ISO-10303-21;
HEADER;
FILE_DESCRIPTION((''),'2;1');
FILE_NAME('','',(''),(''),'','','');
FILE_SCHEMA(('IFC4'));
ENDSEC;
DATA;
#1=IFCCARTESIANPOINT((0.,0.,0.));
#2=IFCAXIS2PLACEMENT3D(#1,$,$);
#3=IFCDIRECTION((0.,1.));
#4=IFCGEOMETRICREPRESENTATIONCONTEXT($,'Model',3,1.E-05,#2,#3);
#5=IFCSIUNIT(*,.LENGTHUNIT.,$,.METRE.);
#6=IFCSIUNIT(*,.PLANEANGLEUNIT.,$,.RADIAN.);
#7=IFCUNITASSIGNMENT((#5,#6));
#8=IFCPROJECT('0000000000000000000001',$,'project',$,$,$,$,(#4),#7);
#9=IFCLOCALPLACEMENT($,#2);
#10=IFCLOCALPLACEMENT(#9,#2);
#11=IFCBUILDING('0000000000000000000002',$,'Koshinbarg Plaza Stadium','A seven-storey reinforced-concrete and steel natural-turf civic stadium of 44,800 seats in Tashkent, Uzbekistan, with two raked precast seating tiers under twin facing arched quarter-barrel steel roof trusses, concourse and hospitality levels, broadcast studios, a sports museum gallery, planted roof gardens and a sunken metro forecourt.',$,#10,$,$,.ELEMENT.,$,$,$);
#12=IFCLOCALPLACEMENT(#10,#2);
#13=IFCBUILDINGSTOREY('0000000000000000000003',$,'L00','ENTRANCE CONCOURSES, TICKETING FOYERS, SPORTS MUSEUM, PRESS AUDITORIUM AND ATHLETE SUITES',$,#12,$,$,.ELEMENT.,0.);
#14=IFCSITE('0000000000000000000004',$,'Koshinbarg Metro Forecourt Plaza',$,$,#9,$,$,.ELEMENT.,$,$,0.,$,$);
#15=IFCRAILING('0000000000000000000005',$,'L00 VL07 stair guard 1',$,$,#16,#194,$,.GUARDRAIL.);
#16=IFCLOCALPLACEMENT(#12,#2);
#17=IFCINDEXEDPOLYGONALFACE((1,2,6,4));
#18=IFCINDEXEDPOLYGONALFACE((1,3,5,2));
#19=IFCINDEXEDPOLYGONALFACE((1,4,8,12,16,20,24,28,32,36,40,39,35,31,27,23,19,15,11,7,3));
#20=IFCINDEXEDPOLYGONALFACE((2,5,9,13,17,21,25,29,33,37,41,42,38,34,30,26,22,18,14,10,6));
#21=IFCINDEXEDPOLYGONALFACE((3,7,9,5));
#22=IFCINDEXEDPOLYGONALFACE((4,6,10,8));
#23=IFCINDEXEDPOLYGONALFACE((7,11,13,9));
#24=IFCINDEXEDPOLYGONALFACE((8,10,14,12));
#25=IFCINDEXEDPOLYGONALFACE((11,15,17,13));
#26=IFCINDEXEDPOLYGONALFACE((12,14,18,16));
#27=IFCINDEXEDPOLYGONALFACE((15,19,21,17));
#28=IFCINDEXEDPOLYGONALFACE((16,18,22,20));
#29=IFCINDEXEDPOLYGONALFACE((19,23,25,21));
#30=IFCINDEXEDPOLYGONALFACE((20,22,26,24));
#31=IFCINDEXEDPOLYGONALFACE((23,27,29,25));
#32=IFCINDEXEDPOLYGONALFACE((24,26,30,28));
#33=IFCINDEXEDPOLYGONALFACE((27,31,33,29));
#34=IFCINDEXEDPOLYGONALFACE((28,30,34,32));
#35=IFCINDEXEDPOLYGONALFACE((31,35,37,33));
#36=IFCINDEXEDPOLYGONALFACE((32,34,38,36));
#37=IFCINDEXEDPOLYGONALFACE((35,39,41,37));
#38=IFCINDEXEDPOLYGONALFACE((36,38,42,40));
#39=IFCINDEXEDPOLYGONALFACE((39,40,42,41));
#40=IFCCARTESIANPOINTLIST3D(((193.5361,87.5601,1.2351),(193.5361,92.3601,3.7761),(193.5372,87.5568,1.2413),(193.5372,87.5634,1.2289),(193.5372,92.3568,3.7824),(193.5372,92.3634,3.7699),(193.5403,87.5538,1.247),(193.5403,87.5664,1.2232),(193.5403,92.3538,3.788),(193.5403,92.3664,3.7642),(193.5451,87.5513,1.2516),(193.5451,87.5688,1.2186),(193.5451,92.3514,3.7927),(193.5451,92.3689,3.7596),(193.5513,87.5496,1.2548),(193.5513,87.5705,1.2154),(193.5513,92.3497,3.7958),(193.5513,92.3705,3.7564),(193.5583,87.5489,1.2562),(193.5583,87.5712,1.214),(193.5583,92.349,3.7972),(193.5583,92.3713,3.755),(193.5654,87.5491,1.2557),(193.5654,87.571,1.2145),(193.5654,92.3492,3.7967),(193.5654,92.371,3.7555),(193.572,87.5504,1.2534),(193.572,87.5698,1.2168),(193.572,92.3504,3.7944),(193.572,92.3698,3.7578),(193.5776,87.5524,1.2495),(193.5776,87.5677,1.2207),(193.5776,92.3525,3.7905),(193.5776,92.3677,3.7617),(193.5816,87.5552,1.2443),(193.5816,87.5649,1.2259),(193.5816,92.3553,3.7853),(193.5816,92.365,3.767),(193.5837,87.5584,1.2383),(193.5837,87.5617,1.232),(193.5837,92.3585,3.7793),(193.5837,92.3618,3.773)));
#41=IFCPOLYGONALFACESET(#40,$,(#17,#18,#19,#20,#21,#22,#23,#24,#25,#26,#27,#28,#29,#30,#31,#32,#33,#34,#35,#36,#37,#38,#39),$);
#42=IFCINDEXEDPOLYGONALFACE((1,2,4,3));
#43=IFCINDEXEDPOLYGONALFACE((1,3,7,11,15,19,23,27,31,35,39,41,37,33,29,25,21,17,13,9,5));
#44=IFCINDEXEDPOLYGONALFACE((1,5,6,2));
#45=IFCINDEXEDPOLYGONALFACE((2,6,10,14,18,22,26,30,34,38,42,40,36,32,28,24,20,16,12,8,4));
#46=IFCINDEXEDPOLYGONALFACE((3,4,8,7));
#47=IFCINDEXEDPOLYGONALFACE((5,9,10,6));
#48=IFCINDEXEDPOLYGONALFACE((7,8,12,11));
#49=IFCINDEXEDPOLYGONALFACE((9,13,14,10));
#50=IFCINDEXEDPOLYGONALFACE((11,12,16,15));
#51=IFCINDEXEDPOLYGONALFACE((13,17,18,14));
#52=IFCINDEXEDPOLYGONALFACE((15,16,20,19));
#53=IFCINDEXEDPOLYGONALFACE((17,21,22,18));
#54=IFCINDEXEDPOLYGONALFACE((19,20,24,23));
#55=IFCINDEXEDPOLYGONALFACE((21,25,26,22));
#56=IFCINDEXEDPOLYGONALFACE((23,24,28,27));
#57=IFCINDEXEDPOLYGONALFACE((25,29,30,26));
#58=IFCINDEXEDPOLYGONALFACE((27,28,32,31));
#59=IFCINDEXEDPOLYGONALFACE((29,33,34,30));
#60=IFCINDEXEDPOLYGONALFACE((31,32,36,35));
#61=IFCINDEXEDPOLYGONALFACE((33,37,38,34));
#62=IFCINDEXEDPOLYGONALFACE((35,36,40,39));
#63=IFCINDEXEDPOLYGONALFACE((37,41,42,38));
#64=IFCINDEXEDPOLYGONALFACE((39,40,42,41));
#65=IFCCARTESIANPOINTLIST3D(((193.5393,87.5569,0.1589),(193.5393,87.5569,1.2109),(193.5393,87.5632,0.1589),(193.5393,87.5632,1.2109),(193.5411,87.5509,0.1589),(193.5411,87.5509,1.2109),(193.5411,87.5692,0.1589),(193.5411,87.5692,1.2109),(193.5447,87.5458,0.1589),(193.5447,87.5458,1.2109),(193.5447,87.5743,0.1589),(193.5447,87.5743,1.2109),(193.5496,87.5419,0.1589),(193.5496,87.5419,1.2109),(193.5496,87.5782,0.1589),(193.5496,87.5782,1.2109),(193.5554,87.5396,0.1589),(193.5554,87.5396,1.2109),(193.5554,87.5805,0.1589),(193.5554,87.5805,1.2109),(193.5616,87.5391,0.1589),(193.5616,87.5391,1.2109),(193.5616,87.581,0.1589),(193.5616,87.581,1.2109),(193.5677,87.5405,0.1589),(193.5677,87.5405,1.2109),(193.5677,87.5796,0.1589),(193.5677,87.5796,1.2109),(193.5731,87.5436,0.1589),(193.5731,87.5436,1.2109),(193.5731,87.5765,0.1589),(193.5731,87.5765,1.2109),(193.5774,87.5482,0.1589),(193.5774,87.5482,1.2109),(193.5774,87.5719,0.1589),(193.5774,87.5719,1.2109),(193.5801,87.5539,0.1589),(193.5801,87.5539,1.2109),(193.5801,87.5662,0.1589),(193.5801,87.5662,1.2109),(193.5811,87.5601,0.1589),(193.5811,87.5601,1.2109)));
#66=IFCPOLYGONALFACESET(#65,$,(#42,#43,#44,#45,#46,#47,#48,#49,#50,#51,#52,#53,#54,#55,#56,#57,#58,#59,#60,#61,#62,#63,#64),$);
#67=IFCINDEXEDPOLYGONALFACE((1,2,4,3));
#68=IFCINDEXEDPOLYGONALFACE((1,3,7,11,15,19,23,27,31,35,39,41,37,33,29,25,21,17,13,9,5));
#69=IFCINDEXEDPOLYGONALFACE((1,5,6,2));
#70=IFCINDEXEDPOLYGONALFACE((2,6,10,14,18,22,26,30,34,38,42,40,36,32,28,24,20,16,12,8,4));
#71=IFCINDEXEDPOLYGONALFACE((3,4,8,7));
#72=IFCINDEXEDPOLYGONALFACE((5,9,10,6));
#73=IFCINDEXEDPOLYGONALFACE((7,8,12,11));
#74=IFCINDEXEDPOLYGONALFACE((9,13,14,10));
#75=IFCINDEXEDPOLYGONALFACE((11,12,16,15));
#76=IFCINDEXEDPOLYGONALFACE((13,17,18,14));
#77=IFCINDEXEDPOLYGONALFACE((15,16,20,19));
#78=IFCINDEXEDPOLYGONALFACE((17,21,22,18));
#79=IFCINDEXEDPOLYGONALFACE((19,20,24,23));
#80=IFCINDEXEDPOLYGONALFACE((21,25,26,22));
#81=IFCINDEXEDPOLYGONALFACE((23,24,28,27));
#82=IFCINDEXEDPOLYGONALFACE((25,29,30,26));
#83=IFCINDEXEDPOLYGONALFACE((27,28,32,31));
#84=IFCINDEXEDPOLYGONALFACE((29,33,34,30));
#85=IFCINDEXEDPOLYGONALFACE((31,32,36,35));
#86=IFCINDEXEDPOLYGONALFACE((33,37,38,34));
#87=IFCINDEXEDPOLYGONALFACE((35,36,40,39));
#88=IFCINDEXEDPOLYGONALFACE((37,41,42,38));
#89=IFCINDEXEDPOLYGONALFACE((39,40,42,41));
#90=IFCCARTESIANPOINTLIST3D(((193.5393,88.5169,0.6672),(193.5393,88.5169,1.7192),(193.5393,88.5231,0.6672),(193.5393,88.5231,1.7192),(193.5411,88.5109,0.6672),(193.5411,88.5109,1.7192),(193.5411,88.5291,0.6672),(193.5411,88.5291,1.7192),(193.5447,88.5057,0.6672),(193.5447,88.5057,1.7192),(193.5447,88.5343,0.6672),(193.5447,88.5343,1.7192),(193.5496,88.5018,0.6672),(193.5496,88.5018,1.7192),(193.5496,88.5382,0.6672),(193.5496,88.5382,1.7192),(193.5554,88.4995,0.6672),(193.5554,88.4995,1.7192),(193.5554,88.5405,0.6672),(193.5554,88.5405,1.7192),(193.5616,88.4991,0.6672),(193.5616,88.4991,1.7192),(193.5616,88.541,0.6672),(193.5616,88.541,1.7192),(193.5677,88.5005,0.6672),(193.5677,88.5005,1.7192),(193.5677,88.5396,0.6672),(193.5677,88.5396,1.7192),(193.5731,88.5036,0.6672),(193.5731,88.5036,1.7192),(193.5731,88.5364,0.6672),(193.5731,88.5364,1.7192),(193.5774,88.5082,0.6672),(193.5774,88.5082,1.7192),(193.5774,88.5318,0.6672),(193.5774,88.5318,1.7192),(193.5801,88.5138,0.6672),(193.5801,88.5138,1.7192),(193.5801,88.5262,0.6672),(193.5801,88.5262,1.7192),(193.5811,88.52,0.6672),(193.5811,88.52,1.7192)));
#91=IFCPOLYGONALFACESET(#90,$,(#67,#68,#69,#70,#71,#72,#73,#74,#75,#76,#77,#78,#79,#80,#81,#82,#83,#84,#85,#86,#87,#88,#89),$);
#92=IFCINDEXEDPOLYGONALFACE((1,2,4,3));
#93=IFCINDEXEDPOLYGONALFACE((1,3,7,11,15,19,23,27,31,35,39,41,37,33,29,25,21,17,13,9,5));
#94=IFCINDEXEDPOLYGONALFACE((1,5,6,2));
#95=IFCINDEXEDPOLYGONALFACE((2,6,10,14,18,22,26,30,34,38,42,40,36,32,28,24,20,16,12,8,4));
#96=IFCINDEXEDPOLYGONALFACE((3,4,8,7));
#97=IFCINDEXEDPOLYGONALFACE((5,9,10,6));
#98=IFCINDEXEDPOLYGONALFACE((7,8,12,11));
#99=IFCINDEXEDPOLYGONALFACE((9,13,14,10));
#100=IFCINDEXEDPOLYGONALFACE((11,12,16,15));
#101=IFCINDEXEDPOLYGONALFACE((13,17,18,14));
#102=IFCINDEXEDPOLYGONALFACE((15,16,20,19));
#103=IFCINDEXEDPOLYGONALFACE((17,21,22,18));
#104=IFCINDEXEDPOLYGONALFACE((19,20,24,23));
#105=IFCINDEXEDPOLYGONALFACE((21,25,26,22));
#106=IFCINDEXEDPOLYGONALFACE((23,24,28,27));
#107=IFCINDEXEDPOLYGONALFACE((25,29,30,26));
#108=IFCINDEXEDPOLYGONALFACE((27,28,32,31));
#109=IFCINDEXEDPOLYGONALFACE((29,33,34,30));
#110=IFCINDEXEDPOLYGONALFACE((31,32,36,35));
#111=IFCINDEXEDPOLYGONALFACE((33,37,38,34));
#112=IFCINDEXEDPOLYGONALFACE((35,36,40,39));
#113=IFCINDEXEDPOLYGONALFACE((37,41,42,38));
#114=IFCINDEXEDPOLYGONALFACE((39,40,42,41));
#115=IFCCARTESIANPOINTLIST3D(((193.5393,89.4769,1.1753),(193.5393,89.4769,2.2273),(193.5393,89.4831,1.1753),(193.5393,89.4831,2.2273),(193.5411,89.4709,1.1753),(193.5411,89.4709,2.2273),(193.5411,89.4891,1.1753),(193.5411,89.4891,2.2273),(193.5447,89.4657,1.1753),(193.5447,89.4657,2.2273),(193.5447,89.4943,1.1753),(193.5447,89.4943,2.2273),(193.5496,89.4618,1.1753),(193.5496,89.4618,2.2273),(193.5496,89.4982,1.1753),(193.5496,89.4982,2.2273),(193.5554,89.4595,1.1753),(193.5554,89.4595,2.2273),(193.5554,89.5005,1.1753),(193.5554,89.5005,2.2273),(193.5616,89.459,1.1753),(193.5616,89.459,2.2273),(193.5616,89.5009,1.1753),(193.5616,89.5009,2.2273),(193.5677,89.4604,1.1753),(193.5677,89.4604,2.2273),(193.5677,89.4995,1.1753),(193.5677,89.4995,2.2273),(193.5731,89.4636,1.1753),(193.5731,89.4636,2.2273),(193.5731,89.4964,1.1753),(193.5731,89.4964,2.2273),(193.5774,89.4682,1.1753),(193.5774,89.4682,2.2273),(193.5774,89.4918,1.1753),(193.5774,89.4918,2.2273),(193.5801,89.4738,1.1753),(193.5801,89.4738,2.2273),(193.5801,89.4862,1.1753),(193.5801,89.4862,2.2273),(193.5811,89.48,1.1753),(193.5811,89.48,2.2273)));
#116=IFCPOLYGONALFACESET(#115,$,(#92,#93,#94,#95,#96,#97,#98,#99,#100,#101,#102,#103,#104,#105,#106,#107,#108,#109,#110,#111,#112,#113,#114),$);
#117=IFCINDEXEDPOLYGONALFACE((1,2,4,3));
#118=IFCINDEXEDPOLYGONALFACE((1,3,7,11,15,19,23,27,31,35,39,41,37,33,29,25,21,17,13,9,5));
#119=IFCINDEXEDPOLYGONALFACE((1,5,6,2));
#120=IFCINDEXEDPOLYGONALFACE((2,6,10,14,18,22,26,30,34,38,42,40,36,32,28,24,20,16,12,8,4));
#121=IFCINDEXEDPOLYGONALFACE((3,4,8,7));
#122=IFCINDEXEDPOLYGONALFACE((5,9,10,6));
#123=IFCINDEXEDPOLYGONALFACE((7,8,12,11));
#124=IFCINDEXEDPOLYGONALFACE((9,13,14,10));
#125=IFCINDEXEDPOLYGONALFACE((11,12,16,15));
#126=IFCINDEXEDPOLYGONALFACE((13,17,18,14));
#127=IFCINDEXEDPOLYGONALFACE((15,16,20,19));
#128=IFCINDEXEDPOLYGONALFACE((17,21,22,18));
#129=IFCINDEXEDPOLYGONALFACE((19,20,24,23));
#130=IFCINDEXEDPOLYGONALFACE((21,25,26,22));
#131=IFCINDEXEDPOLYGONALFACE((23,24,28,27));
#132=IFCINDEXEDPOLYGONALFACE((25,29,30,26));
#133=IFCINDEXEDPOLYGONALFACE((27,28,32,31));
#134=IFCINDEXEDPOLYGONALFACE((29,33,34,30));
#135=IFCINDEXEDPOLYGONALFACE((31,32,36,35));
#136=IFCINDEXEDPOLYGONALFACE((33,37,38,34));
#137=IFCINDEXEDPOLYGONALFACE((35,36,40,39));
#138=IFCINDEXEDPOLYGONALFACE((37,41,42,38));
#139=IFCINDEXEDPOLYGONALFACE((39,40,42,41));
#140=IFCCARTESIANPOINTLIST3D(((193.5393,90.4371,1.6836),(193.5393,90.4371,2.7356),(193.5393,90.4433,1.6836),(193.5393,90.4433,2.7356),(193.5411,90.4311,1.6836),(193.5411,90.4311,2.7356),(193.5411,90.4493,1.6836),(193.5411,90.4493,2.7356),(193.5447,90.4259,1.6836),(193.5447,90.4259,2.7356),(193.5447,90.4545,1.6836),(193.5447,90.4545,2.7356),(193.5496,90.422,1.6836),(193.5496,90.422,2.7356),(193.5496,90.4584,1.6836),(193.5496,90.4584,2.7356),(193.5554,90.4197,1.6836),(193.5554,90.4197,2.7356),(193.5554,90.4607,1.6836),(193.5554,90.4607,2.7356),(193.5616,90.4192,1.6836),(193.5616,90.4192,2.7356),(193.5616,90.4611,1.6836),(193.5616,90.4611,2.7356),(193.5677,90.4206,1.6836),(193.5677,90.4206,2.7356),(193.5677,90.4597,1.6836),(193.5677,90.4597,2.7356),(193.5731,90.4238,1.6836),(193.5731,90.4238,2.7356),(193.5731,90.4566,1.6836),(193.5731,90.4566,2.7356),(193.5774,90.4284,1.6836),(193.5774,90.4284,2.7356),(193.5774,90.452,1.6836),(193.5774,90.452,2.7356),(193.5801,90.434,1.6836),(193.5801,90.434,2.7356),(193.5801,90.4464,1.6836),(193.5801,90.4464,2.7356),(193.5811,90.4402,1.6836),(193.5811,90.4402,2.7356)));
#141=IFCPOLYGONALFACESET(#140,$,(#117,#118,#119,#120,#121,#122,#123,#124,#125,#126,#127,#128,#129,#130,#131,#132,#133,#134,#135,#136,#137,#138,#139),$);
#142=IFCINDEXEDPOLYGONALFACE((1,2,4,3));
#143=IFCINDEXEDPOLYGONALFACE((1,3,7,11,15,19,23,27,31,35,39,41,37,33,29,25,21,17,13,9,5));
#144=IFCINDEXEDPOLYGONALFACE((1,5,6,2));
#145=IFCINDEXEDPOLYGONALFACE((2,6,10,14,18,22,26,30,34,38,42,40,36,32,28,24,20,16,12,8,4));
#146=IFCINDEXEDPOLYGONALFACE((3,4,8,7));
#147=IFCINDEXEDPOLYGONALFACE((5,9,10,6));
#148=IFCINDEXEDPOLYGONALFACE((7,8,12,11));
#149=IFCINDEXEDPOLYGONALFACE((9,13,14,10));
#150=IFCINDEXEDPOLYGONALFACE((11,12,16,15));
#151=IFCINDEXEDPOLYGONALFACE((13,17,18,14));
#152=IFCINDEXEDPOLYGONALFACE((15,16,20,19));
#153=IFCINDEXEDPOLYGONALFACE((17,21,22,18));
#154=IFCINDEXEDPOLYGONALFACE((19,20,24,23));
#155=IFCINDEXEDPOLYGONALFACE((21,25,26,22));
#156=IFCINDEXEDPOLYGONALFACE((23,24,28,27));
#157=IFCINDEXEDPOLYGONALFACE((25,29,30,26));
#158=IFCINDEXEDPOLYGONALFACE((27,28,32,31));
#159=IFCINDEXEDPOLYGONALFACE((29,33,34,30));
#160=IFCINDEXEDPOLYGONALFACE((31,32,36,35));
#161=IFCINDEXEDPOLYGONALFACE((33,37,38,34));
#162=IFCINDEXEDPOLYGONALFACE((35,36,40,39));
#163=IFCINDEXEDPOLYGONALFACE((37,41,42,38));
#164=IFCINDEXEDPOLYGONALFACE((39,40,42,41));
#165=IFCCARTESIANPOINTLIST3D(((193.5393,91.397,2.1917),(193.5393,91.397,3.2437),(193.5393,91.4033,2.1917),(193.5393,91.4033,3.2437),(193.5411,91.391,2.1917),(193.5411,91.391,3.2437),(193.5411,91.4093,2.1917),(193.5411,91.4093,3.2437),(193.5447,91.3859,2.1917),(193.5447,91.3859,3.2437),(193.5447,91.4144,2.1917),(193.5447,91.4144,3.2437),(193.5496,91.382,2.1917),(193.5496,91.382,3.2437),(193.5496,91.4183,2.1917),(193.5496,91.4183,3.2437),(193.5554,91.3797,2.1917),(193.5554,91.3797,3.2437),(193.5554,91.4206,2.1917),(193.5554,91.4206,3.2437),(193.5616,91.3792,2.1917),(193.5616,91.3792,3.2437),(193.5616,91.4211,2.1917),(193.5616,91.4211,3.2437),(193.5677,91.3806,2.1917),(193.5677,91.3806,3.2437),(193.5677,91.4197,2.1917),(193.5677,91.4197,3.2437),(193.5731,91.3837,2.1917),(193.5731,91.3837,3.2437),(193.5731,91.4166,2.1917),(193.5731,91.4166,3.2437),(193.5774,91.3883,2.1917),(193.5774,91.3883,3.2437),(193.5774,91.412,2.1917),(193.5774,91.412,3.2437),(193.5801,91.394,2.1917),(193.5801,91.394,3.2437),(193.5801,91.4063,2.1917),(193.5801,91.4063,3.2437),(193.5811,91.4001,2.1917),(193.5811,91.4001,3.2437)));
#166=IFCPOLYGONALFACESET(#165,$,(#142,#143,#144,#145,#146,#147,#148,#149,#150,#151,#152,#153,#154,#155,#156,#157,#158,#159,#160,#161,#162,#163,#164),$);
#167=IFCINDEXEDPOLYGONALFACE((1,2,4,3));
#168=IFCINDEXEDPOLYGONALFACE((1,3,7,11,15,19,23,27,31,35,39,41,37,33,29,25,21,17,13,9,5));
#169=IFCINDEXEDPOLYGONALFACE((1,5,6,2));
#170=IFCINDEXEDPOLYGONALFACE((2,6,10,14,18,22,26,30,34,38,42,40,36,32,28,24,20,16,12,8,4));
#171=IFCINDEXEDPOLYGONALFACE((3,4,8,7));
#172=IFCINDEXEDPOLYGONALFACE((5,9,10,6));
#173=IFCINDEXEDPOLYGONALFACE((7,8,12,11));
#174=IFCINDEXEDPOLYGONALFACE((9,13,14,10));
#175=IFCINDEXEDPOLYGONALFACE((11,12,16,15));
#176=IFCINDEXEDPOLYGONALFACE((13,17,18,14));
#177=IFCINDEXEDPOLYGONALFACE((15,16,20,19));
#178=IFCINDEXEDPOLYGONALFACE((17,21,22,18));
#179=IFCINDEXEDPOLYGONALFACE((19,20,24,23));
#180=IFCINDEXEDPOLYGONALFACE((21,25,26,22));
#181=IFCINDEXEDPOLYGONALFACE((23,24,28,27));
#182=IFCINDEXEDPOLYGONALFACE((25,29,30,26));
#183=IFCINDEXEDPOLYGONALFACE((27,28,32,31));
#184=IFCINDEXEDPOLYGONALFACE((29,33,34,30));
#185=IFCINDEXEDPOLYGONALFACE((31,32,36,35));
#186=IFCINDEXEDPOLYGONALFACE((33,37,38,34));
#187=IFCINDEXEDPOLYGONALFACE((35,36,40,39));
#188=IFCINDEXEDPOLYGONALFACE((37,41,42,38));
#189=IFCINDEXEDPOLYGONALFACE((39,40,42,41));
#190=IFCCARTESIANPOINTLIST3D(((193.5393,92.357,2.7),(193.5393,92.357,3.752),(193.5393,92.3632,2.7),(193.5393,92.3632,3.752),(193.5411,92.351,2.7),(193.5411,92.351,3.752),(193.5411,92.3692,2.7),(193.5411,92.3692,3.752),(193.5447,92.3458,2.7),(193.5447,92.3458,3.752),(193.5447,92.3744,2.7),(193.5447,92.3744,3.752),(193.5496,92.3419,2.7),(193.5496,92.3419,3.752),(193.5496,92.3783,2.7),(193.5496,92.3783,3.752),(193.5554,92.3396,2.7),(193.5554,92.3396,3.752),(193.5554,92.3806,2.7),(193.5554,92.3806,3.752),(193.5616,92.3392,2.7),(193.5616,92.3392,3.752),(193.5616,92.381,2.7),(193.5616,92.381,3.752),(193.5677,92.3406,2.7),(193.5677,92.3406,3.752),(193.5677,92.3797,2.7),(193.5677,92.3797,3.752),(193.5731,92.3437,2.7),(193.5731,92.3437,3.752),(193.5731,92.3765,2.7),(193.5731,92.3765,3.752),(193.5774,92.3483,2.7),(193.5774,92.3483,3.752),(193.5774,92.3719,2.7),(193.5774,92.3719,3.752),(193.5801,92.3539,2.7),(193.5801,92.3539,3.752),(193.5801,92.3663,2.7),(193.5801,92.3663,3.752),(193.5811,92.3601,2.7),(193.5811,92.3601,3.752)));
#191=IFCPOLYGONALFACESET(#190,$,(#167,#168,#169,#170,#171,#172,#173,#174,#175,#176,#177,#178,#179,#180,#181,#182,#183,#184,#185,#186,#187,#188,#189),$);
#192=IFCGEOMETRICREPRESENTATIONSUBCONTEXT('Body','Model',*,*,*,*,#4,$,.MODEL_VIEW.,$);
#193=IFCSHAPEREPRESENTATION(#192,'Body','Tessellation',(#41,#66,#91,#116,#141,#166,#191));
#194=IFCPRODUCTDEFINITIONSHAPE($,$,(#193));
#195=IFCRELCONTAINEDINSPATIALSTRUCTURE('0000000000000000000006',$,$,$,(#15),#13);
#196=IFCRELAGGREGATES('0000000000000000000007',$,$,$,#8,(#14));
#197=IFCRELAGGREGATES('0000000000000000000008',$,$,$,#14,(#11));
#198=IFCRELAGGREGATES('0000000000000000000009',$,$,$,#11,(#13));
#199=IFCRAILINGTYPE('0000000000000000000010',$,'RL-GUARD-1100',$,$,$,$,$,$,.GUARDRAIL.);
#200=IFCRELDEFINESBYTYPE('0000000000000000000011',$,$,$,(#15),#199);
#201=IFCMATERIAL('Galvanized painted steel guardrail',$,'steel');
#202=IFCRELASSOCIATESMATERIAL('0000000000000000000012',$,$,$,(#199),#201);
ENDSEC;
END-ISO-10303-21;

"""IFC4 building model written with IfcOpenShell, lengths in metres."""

from ifc_helpers import new_model, si_unit, direction, frame, origin, origin_2d, place, context, subcontext, project, spatial, circle, extrude, material, type_object, element, save


model = new_model("IFC4")

# Units and contexts
model_context = context("Model", 3, precision=1e-05, world=origin(), true_north=direction((0.0, 1.0)))
body_context = subcontext(model_context, "Body", "Model", "MODEL_VIEW")
ifc_project = project(units=[si_unit("LENGTHUNIT", "METRE"), si_unit("PLANEANGLEUNIT", "RADIAN")], contexts=[model_context])

# Site, building, storey
site_placement = place(None, origin())
site = spatial("IfcSite", under=ifc_project, at=site_placement, Name="Koshinbarg Metro Forecourt Plaza", CompositionType="ELEMENT", RefElevation=0.0)
building_placement = place(site_placement, origin())
building = spatial("IfcBuilding", under=site, at=building_placement, Name="Koshinbarg Plaza Stadium", Description="A seven-storey reinforced-concrete and steel natural-turf civic stadium of 44,800 seats in Tashkent, Uzbekistan, with two raked precast seating tiers under twin facing arched quarter-barrel steel roof trusses, concourse and hospitality levels, broadcast studios, a sports museum gallery, planted roof gardens and a sunken metro forecourt.", CompositionType="ELEMENT")
storey_placement = place(building_placement, origin())
storey = spatial("IfcBuildingStorey", under=building, at=storey_placement, Name="L00", Description="ENTRANCE CONCOURSES, TICKETING FOYERS, SPORTS MUSEUM, PRESS AUDITORIUM AND ATHLETE SUITES", CompositionType="ELEMENT", Elevation=0.0)

# Railing
ifc_material_1 = material(Name="Galvanized painted steel guardrail", Category="steel")
railing_type_1 = type_object("IfcRailingType", Name="RL-GUARD-1100", PredefinedType="GUARDRAIL", material=ifc_material_1)
railing_1_placement = place(storey_placement, frame((193.5601, 87.5601, 0.1589)))
element("IfcRailing", 1, at=railing_1_placement, inside=storey, type_object=railing_type_1, Name="L00 VL07 stair guard 1", PredefinedType="GUARDRAIL", context=body_context, shape_type="SweptSolid", body=[
    extrude(circle(Radius=0.0239, at=origin_2d()), frame((0.0, 0.0, 1.0762), z_axis=(0.0, 0.883802, 0.467861), x_axis=(-1.0, 0.0, 0.0)), (0.0, 0.0, 1.0), 5.4312),
    extrude(circle(Radius=0.021, at=origin_2d()), origin(), (0.0, 0.0, 1.0), 1.052),
    extrude(circle(Radius=0.021, at=origin_2d()), frame((0.0, 0.96, 0.5083)), (0.0, 0.0, 1.0), 1.052),
    extrude(circle(Radius=0.021, at=origin_2d()), frame((0.0, 1.9199, 1.0164)), (0.0, 0.0, 1.0), 1.052),
    extrude(circle(Radius=0.021, at=origin_2d()), frame((0.0, 2.8801, 1.5247)), (0.0, 0.0, 1.0), 1.052),
    extrude(circle(Radius=0.021, at=origin_2d()), frame((0.0, 3.8401, 2.0327)), (0.0, 0.0, 1.0), 1.052),
    extrude(circle(Radius=0.021, at=origin_2d()), frame((0.0, 4.8, 2.541)), (0.0, 0.0, 1.0), 1.052),
])

save(model, "model.ifc")
